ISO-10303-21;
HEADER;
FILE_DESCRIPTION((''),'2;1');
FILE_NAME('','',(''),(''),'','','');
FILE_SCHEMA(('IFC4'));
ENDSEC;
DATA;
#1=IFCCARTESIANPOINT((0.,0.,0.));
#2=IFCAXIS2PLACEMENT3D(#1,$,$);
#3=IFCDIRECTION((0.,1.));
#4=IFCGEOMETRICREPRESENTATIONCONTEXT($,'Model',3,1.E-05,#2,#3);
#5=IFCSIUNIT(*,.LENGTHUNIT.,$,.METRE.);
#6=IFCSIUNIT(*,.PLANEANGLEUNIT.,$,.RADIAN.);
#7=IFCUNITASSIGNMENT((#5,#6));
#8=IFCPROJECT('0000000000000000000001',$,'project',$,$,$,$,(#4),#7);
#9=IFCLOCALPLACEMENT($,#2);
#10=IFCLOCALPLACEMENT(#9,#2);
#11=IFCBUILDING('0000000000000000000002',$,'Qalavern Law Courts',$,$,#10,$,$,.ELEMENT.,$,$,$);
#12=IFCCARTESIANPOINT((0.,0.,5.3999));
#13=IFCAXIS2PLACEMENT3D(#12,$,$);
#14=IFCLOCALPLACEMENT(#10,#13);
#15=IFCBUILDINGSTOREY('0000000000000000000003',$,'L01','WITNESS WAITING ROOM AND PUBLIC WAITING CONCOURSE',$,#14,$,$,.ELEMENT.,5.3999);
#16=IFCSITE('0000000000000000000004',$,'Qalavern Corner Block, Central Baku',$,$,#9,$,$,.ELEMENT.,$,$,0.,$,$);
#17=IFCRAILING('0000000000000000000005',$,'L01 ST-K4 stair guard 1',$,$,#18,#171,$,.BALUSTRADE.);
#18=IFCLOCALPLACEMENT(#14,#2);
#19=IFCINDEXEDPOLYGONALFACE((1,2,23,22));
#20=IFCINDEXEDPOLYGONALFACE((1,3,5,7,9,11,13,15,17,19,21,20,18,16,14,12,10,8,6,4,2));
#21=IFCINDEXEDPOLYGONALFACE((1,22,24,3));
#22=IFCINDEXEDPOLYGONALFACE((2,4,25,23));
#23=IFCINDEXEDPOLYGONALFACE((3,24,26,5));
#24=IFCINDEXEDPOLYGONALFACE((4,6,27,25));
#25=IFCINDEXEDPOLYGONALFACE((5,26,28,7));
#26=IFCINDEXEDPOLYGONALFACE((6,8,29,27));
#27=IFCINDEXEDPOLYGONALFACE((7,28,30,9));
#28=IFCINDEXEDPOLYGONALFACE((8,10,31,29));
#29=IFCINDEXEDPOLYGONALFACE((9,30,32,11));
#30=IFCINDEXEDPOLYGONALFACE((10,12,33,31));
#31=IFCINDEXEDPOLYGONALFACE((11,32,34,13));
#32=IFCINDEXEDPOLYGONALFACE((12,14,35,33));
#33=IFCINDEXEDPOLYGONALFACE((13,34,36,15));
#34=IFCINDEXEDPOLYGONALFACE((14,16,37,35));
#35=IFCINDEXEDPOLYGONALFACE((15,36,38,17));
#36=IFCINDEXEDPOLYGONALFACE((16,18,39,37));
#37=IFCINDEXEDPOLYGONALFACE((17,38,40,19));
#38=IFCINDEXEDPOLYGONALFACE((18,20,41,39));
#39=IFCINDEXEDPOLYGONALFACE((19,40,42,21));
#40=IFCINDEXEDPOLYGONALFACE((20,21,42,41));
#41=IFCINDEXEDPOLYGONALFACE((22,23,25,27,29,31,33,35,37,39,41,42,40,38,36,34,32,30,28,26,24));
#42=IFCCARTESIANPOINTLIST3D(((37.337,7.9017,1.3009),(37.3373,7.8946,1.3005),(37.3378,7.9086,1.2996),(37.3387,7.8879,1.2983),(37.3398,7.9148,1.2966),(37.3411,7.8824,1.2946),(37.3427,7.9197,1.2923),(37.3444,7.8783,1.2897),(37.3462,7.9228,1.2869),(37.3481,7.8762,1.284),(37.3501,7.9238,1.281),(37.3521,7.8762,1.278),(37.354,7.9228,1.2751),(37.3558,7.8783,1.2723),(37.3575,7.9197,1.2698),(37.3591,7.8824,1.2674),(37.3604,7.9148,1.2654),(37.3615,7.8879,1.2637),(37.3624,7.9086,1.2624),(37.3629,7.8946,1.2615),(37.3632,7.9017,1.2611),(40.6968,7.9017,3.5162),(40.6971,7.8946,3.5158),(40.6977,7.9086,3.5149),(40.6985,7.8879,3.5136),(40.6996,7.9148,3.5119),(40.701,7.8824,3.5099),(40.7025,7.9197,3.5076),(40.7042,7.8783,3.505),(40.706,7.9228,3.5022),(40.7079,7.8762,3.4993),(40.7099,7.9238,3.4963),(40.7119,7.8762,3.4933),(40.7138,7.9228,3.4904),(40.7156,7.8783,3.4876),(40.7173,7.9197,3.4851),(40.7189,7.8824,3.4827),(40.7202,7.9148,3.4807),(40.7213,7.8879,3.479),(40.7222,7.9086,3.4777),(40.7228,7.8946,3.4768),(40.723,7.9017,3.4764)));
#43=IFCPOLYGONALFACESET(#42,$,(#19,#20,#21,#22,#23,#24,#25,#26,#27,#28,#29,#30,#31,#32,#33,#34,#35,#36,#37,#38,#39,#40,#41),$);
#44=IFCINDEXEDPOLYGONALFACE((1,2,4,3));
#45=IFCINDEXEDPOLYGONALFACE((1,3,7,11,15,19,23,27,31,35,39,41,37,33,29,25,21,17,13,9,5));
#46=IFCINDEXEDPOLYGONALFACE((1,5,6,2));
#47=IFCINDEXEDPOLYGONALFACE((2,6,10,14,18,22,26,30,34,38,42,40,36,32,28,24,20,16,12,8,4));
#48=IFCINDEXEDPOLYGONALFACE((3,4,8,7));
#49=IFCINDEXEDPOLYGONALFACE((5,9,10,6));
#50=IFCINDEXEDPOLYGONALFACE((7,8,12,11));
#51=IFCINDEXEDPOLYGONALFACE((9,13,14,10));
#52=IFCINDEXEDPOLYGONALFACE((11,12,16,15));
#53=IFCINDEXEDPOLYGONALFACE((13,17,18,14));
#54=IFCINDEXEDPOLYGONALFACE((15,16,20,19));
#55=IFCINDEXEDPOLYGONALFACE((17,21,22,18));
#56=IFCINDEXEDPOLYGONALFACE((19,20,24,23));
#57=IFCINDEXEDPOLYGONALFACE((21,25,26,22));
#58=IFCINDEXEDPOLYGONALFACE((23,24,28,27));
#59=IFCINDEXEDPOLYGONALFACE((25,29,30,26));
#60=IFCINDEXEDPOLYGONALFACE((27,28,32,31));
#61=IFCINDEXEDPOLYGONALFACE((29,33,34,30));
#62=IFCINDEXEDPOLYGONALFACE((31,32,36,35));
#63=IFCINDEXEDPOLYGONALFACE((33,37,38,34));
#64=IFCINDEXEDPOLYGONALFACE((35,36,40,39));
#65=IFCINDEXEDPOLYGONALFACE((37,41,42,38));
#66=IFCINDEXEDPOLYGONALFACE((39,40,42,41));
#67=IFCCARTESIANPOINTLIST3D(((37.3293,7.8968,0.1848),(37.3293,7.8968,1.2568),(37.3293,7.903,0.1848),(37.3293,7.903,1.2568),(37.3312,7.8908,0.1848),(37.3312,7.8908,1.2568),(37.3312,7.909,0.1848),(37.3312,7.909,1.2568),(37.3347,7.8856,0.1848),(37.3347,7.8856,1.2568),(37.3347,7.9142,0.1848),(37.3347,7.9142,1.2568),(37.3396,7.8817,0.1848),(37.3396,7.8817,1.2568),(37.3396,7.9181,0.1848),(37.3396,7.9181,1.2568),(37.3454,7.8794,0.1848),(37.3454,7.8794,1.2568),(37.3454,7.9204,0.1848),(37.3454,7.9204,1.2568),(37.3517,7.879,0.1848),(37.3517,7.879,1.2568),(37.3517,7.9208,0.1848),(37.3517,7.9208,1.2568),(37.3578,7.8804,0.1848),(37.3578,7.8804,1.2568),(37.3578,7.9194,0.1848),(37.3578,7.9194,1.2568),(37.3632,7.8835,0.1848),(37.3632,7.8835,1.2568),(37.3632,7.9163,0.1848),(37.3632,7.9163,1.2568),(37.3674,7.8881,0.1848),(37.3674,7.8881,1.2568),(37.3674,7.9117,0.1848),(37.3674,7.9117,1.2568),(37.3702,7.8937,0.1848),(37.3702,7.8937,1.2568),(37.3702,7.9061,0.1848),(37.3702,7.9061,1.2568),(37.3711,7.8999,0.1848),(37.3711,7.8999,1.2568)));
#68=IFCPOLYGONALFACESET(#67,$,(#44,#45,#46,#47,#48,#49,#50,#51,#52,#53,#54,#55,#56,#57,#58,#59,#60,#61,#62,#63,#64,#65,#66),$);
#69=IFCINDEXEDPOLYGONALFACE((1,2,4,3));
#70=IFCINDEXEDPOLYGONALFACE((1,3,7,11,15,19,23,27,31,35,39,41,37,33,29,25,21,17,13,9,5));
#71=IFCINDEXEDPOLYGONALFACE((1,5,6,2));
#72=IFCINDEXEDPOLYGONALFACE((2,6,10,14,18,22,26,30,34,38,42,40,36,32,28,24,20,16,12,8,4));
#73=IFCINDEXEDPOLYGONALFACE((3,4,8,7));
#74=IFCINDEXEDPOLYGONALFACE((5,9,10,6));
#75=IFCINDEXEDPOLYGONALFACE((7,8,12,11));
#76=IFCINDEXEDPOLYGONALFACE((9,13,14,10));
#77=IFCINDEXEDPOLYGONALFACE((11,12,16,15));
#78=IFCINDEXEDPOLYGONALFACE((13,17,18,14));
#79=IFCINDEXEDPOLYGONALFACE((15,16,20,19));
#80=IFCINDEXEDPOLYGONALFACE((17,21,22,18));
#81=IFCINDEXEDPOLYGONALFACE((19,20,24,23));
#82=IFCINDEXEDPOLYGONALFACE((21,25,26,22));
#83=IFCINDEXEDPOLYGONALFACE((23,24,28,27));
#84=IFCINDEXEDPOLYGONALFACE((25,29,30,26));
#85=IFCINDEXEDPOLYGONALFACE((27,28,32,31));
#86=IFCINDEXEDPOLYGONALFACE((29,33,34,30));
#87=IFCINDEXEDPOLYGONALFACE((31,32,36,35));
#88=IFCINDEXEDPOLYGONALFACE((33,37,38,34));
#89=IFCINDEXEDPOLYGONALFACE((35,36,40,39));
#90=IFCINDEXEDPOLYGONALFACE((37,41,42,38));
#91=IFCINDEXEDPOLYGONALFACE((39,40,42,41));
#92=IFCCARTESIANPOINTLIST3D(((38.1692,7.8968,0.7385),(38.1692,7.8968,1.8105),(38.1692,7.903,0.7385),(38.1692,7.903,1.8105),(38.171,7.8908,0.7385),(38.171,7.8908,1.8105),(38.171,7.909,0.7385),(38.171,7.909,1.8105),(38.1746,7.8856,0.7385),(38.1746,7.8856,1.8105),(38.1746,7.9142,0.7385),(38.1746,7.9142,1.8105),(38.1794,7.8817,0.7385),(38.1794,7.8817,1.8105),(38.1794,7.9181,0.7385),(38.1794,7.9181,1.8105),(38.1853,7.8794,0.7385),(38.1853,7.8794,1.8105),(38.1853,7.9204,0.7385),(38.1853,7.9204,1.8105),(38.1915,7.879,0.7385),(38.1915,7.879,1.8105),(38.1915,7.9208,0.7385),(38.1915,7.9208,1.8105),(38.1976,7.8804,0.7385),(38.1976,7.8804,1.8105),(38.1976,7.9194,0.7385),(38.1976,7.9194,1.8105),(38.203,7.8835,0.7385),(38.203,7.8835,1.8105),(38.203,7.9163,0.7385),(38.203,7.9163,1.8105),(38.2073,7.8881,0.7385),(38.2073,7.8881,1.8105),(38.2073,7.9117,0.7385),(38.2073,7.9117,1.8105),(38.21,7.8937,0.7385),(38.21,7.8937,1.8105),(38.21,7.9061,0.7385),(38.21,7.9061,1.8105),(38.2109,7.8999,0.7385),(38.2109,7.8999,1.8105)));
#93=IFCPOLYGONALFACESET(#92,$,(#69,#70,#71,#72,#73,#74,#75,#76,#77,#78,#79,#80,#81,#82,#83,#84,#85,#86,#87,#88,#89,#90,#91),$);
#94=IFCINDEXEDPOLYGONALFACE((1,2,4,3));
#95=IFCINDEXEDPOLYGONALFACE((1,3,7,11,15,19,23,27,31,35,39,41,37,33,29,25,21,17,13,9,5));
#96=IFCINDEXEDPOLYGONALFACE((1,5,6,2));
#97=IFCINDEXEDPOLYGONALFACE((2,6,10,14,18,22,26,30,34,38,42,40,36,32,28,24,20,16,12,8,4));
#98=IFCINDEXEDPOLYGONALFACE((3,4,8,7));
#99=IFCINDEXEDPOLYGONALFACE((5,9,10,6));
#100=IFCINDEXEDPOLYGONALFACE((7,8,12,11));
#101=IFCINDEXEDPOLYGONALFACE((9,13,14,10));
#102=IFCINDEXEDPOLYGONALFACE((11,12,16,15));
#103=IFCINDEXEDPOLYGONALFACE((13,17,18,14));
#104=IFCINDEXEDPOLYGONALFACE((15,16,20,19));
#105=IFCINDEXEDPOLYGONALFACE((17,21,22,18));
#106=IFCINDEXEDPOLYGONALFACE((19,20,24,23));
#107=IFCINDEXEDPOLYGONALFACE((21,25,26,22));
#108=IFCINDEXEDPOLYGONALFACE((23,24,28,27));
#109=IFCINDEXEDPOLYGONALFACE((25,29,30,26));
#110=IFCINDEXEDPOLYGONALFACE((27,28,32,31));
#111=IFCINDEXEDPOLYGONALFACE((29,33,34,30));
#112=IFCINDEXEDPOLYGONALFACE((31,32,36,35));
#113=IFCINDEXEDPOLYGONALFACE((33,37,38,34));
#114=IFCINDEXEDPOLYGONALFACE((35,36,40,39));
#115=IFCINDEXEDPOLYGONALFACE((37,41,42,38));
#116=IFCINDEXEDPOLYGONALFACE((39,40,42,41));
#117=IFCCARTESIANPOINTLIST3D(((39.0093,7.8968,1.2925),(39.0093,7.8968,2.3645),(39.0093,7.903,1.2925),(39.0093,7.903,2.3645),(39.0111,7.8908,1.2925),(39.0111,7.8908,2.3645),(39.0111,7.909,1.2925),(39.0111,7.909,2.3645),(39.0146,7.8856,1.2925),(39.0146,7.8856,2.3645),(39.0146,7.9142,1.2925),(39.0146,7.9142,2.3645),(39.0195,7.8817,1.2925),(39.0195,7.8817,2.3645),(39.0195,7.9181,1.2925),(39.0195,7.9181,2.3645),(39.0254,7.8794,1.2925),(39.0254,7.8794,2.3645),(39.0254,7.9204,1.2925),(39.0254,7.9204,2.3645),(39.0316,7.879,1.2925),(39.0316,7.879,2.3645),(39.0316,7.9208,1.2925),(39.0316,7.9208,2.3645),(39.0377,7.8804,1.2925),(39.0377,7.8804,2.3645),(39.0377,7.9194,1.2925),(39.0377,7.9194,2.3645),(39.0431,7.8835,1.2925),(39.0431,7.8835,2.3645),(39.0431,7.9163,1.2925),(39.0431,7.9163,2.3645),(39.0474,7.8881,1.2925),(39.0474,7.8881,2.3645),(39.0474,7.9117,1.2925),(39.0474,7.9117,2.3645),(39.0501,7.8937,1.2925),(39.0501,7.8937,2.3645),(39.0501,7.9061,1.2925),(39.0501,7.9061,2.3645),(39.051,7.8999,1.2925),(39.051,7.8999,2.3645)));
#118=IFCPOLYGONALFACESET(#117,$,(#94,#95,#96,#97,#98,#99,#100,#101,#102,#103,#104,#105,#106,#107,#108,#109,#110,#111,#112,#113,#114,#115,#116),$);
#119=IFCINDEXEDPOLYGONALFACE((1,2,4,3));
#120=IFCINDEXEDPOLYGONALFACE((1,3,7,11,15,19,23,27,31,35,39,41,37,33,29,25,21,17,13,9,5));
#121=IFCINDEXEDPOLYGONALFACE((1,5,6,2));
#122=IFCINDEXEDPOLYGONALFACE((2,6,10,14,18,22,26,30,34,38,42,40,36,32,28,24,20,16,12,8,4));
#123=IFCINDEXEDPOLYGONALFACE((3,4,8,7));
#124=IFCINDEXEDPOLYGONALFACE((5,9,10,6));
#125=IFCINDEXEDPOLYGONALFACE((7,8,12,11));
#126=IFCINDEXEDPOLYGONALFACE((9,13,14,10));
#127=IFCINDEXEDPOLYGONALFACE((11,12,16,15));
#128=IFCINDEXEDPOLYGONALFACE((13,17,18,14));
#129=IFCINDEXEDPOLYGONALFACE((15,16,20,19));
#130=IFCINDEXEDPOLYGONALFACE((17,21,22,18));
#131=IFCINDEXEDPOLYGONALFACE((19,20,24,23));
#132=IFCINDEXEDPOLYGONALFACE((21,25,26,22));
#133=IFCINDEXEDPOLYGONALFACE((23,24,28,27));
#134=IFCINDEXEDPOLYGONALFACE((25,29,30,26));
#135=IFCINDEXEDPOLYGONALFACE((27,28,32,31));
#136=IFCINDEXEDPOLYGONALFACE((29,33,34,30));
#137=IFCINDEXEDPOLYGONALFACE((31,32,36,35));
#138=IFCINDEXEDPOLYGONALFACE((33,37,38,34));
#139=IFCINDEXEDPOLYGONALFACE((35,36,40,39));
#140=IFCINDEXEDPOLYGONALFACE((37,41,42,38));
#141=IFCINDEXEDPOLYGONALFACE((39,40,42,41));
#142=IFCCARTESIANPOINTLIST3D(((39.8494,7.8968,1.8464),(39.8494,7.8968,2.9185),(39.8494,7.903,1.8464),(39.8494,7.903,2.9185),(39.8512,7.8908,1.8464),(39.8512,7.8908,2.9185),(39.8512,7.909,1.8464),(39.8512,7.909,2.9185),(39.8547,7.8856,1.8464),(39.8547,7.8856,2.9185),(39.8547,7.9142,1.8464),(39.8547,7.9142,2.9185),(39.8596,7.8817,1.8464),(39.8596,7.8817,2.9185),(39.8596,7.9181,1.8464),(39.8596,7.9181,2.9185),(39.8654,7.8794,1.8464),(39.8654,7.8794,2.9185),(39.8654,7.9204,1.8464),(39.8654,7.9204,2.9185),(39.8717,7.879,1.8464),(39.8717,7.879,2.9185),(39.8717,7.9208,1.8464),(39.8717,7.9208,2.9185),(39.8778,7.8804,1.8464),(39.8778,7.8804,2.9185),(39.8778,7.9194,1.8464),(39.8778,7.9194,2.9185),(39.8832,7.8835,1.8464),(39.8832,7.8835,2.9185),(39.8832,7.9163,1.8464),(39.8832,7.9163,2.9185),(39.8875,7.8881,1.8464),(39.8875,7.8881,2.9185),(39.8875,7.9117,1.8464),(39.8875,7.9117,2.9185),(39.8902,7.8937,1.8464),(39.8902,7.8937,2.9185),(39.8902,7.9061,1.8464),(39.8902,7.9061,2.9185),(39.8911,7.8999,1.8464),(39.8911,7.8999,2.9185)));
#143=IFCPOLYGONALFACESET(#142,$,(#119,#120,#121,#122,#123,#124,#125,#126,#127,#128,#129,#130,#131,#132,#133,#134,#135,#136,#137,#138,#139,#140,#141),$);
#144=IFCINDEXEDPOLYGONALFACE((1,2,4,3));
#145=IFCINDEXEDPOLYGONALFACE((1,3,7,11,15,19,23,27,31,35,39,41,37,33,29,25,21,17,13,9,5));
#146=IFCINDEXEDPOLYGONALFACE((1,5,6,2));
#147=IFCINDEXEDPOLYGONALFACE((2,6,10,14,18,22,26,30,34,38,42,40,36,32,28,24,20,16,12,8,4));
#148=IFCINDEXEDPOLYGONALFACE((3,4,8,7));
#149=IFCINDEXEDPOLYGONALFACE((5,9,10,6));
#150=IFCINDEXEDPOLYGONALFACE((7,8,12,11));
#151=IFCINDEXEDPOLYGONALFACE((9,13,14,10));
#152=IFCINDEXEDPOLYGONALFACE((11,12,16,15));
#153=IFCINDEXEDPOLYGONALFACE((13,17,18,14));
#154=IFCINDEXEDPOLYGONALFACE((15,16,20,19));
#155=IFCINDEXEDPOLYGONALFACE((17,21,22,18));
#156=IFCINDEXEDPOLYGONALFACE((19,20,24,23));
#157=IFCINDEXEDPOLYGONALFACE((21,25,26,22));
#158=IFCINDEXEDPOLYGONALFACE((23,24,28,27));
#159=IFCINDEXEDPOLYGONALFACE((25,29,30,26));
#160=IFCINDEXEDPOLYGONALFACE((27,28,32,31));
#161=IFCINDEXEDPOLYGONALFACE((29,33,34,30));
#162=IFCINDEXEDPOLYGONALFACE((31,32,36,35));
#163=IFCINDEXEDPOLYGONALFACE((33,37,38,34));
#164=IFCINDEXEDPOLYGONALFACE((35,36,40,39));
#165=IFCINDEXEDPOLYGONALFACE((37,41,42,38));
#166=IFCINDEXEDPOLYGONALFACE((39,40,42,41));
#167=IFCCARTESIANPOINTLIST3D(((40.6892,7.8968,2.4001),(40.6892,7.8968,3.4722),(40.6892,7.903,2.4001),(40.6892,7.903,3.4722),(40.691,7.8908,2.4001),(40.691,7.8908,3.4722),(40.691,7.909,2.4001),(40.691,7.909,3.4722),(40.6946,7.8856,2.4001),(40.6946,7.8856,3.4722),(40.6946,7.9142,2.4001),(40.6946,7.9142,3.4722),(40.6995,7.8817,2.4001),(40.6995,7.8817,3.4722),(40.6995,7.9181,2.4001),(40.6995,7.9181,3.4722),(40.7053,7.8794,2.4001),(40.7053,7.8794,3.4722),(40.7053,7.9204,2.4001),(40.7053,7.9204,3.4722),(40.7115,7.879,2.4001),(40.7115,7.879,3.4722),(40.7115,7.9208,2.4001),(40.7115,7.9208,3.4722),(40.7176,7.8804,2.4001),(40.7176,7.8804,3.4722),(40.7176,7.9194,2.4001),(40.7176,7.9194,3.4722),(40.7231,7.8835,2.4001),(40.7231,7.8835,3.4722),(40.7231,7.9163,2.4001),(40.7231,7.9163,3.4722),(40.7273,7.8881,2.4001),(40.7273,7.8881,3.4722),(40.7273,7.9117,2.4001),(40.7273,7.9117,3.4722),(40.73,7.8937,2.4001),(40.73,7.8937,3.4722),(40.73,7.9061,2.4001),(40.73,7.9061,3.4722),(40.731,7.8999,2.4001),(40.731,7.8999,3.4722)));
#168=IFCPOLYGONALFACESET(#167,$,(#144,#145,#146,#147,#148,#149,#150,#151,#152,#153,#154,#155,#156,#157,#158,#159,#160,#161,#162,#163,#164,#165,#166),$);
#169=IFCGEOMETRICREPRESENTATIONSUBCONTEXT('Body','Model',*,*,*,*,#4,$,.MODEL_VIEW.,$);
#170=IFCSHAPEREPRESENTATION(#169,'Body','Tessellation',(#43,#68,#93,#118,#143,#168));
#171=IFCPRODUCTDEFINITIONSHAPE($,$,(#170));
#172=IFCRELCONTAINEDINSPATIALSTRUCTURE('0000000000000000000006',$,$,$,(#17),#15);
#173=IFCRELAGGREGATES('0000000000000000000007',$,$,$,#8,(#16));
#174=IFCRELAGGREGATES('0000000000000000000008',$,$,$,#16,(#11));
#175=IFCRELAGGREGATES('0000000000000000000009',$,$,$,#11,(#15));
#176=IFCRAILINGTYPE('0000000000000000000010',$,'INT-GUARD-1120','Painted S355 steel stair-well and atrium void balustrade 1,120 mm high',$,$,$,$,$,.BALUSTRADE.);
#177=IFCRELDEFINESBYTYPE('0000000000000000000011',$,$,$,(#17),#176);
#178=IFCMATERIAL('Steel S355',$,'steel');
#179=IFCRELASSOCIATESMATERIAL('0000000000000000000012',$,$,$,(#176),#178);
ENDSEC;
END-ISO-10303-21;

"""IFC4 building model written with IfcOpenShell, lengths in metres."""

from ifc_helpers import new_model, si_unit, direction, frame, origin, origin_2d, place, context, subcontext, project, spatial, circle, extrude, material, type_object, element, save


model = new_model("IFC4")

# Units and contexts
model_context = context("Model", 3, precision=1e-05, world=origin(), true_north=direction((0.0, 1.0)))
body_context = subcontext(model_context, "Body", "Model", "MODEL_VIEW")
ifc_project = project(units=[si_unit("LENGTHUNIT", "METRE"), si_unit("PLANEANGLEUNIT", "RADIAN")], contexts=[model_context])

# Site, building, storey
site_placement = place(None, origin())
site = spatial("IfcSite", under=ifc_project, at=site_placement, Name="Qalavern Corner Block, Central Baku", CompositionType="ELEMENT", RefElevation=0.0)
building_placement = place(site_placement, origin())
building = spatial("IfcBuilding", under=site, at=building_placement, Name="Qalavern Law Courts", CompositionType="ELEMENT")
storey_placement = place(building_placement, frame((0.0, 0.0, 5.3999)))
storey = spatial("IfcBuildingStorey", under=building, at=storey_placement, Name="L01", Description="WITNESS WAITING ROOM AND PUBLIC WAITING CONCOURSE", CompositionType="ELEMENT", Elevation=5.3999)

# Shared definitions
ifc_material_1 = material(Name="Steel S355", Category="steel")

# Railing
railing_type_1 = type_object("IfcRailingType", Name="INT-GUARD-1120", Description="Painted S355 steel stair-well and atrium void balustrade 1,120 mm high", PredefinedType="BALUSTRADE", material=ifc_material_1)
railing_1_placement = place(storey_placement, frame((37.3501, 7.8999, 0.1848)))
element("IfcRailing", 1, at=railing_1_placement, inside=storey, type_object=railing_type_1, Name="L01 ST-K4 stair guard 1", PredefinedType="BALUSTRADE", context=body_context, shape_type="SweptSolid", body=[
    extrude(circle(Radius=0.0239, at=origin_2d()), frame((0.0, 0.0, 1.0962), z_axis=(0.834858, 0.0, 0.550465), x_axis=(0.0, 1.0, 0.0)), (0.0, 0.0, 1.0), 4.0244),
    extrude(circle(Radius=0.021, at=origin_2d()), origin(), (0.0, 0.0, 1.0), 1.072),
    extrude(circle(Radius=0.021, at=origin_2d()), frame((0.8398, 0.0, 0.5537)), (0.0, 0.0, 1.0), 1.072),
    extrude(circle(Radius=0.021, at=origin_2d()), frame((1.6799, 0.0, 1.1077)), (0.0, 0.0, 1.0), 1.072),
    extrude(circle(Radius=0.021, at=origin_2d()), frame((2.52, 0.0, 1.6616)), (0.0, 0.0, 1.0), 1.072),
    extrude(circle(Radius=0.021, at=origin_2d()), frame((3.3599, 0.0, 2.2153)), (0.0, 0.0, 1.0), 1.072),
])

save(model, "model.ifc")
